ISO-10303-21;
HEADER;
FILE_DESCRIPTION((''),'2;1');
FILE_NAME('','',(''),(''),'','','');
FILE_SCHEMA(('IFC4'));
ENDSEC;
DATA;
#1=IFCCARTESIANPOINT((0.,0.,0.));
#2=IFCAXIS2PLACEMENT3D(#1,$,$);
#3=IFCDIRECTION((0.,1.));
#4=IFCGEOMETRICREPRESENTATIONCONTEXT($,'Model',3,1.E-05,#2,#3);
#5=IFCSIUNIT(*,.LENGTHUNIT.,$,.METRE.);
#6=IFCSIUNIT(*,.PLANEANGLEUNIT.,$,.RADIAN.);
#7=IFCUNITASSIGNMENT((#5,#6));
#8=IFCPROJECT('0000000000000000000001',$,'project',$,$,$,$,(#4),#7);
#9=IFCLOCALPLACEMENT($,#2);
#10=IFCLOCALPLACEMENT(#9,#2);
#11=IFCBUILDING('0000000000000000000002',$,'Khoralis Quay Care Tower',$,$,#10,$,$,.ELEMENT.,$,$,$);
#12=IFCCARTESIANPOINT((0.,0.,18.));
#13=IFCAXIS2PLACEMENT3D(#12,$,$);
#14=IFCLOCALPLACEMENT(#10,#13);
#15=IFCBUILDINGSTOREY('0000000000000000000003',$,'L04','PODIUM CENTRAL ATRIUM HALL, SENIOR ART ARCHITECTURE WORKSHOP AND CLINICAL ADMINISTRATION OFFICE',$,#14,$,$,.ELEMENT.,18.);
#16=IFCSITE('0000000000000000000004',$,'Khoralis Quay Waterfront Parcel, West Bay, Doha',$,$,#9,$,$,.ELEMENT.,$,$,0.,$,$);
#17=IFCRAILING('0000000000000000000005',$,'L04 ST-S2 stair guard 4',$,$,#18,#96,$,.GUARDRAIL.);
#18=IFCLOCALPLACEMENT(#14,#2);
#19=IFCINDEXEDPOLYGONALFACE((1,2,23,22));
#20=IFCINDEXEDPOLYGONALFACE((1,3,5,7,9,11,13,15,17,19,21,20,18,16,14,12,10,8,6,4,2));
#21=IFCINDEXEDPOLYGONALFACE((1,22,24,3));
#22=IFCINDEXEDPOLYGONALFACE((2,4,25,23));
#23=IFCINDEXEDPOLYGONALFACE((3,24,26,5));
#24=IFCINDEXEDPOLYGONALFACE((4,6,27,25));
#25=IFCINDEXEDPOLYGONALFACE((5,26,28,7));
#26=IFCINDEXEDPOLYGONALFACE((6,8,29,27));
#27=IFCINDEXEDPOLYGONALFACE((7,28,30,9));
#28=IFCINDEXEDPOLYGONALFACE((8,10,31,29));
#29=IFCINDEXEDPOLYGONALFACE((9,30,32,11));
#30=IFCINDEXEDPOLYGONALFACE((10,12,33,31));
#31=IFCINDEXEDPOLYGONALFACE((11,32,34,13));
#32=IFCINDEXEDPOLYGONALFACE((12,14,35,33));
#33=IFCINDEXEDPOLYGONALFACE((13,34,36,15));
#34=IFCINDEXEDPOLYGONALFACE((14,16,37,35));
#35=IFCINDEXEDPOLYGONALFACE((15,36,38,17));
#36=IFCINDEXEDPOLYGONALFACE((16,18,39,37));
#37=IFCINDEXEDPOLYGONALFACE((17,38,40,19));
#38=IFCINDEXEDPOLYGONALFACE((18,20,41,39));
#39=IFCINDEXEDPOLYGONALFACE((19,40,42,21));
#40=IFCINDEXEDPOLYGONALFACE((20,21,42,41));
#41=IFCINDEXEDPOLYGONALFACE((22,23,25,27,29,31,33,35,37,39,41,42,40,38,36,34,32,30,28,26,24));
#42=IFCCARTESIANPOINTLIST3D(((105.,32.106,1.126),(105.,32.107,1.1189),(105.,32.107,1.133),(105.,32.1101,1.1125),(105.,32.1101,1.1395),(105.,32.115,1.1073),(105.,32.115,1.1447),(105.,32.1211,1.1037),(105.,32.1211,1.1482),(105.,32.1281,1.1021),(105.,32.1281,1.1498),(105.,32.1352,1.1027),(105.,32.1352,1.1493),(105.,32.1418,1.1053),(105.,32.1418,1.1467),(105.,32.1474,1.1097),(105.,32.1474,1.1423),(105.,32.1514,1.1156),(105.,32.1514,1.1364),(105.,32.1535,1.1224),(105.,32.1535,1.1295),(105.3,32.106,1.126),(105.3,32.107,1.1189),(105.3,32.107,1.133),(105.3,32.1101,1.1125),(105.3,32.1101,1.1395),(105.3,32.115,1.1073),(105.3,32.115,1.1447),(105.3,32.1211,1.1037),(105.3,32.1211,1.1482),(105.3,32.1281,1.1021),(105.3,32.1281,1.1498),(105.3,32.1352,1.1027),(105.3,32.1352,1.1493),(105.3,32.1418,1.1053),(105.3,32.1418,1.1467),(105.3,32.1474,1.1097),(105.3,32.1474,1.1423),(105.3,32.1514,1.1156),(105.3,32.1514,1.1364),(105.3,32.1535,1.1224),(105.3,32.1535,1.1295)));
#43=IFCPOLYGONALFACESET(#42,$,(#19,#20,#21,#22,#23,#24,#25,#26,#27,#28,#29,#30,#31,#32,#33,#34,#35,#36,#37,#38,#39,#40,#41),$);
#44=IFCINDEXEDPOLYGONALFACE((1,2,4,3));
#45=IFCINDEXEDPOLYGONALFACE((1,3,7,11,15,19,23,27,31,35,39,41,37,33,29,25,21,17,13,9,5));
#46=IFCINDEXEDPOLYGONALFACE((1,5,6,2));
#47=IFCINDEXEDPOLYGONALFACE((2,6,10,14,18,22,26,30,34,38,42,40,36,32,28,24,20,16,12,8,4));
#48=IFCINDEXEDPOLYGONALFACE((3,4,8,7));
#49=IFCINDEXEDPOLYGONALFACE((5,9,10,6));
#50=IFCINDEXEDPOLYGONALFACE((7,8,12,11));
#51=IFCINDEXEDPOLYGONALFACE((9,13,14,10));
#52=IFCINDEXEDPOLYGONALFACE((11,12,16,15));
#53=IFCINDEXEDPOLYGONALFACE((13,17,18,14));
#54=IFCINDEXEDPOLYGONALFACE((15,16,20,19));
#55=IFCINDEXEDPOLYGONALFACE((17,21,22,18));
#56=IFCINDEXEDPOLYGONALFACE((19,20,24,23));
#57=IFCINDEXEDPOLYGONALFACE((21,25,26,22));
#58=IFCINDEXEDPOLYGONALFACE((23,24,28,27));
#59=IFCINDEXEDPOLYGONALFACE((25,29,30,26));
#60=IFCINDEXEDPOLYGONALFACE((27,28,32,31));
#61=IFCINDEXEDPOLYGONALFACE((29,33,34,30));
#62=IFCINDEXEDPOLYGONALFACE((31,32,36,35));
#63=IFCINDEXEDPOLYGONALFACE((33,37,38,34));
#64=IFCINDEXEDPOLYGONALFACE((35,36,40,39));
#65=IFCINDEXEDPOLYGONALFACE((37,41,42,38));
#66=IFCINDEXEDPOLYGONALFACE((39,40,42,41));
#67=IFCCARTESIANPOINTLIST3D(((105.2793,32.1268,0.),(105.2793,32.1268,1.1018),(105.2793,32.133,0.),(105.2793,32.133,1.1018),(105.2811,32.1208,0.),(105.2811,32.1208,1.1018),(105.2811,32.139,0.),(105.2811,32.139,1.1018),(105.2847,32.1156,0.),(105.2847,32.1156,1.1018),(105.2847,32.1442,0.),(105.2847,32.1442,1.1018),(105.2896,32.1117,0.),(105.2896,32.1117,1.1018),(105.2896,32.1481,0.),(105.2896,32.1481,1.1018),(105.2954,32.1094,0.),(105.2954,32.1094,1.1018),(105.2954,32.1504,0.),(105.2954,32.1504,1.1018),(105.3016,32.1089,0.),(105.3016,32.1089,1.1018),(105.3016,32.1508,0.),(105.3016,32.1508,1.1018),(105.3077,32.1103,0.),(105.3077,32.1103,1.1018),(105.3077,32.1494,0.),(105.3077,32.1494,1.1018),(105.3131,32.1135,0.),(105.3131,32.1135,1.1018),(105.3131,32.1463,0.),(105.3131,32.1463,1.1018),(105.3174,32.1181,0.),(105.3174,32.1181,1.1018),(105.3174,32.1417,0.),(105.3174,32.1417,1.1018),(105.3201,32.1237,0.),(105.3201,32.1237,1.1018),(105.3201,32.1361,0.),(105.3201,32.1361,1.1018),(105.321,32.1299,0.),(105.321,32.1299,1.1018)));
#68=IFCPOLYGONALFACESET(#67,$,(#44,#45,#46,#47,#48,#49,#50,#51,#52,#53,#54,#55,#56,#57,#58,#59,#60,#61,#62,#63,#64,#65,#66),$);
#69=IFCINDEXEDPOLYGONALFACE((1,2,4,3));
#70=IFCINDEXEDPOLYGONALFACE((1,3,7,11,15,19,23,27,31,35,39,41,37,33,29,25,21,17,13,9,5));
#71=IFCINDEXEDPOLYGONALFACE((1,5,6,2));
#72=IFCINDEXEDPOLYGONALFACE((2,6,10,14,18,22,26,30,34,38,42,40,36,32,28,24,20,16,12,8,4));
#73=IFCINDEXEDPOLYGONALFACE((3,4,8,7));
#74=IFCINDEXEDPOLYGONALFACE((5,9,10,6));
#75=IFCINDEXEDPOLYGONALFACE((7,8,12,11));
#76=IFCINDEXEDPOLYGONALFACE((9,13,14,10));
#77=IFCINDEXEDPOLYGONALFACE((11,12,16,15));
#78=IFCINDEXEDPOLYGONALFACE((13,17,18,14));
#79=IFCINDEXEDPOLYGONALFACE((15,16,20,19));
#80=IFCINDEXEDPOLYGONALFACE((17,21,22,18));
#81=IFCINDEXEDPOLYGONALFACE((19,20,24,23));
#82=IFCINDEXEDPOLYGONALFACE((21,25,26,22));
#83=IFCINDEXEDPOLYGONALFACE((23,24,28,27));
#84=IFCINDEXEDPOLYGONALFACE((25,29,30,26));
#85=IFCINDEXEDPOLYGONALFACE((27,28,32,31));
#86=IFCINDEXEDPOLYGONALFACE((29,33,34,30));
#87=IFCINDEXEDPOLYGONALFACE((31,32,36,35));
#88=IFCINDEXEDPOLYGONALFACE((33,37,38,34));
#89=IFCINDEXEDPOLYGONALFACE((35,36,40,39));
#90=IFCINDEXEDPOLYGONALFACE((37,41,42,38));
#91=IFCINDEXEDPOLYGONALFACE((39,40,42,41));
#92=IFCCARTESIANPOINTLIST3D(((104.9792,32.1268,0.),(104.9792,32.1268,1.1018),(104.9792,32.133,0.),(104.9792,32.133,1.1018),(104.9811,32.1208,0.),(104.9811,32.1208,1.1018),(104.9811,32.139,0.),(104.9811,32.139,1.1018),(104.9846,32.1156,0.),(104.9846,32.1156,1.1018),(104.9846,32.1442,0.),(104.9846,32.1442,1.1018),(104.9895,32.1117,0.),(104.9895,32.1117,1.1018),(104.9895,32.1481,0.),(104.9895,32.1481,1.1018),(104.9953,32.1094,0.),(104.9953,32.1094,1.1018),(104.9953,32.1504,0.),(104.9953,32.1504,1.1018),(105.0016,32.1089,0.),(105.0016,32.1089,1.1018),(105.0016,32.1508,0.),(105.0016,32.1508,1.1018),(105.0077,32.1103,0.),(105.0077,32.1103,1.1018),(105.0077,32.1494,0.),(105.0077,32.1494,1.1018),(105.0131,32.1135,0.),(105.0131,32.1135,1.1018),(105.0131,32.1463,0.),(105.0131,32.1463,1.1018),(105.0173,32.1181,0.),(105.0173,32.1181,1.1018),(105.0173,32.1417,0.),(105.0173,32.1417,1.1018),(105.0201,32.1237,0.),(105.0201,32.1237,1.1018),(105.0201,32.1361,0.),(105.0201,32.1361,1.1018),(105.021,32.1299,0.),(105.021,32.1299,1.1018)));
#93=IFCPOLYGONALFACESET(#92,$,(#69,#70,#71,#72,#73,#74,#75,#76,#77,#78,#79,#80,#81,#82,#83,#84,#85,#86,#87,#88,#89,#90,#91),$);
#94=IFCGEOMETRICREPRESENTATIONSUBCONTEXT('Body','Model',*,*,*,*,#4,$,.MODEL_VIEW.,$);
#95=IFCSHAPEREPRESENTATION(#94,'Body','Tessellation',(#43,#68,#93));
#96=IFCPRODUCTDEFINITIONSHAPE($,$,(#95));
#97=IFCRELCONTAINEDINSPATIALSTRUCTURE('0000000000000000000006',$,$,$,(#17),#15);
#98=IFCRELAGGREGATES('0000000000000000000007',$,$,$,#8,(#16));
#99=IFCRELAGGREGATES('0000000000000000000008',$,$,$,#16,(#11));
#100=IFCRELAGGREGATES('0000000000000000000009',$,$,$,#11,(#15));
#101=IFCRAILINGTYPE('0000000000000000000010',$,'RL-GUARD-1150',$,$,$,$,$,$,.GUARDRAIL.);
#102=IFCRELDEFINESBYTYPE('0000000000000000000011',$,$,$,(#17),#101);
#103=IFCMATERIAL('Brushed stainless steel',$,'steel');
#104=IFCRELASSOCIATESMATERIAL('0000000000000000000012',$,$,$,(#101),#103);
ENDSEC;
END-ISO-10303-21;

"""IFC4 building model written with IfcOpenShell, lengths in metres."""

from ifc_helpers import new_model, si_unit, direction, frame, origin, origin_2d, place, context, subcontext, project, spatial, circle, extrude, material, type_object, element, save


model = new_model("IFC4")

# Units and contexts
model_context = context("Model", 3, precision=1e-05, world=origin(), true_north=direction((0.0, 1.0)))
body_context = subcontext(model_context, "Body", "Model", "MODEL_VIEW")
ifc_project = project(units=[si_unit("LENGTHUNIT", "METRE"), si_unit("PLANEANGLEUNIT", "RADIAN")], contexts=[model_context])

# Site, building, storey
site_placement = place(None, origin())
site = spatial("IfcSite", under=ifc_project, at=site_placement, Name="Khoralis Quay Waterfront Parcel, West Bay, Doha", CompositionType="ELEMENT", RefElevation=0.0)
building_placement = place(site_placement, origin())
building = spatial("IfcBuilding", under=site, at=building_placement, Name="Khoralis Quay Care Tower", CompositionType="ELEMENT")
storey_placement = place(building_placement, frame((0.0, 0.0, 18.0)))
storey = spatial("IfcBuildingStorey", under=building, at=storey_placement, Name="L04", Description="PODIUM CENTRAL ATRIUM HALL, SENIOR ART ARCHITECTURE WORKSHOP AND CLINICAL ADMINISTRATION OFFICE", CompositionType="ELEMENT", Elevation=18.0)

# Railing
ifc_material_1 = material(Name="Brushed stainless steel", Category="steel")
railing_type_1 = type_object("IfcRailingType", Name="RL-GUARD-1150", PredefinedType="GUARDRAIL", material=ifc_material_1)
railing_1_placement = place(storey_placement, frame((105.3, 32.1299, 0.0)))
element("IfcRailing", 1, at=railing_1_placement, inside=storey, type_object=railing_type_1, Name="L04 ST-S2 stair guard 4", PredefinedType="GUARDRAIL", context=body_context, shape_type="SweptSolid", body=[
    extrude(circle(Radius=0.0239, at=origin_2d()), frame((0.0, 0.0, 1.126), z_axis=(-1.0, 0.0, 0.0), x_axis=(0.0, -1.0, 0.0)), (0.0, 0.0, 1.0), 0.3),
    extrude(circle(Radius=0.021, at=origin_2d()), origin(), (0.0, 0.0, 1.0), 1.1018),
    extrude(circle(Radius=0.021, at=origin_2d()), frame((-0.3, 0.0, 0.0)), (0.0, 0.0, 1.0), 1.1018),
])

save(model, "model.ifc")
